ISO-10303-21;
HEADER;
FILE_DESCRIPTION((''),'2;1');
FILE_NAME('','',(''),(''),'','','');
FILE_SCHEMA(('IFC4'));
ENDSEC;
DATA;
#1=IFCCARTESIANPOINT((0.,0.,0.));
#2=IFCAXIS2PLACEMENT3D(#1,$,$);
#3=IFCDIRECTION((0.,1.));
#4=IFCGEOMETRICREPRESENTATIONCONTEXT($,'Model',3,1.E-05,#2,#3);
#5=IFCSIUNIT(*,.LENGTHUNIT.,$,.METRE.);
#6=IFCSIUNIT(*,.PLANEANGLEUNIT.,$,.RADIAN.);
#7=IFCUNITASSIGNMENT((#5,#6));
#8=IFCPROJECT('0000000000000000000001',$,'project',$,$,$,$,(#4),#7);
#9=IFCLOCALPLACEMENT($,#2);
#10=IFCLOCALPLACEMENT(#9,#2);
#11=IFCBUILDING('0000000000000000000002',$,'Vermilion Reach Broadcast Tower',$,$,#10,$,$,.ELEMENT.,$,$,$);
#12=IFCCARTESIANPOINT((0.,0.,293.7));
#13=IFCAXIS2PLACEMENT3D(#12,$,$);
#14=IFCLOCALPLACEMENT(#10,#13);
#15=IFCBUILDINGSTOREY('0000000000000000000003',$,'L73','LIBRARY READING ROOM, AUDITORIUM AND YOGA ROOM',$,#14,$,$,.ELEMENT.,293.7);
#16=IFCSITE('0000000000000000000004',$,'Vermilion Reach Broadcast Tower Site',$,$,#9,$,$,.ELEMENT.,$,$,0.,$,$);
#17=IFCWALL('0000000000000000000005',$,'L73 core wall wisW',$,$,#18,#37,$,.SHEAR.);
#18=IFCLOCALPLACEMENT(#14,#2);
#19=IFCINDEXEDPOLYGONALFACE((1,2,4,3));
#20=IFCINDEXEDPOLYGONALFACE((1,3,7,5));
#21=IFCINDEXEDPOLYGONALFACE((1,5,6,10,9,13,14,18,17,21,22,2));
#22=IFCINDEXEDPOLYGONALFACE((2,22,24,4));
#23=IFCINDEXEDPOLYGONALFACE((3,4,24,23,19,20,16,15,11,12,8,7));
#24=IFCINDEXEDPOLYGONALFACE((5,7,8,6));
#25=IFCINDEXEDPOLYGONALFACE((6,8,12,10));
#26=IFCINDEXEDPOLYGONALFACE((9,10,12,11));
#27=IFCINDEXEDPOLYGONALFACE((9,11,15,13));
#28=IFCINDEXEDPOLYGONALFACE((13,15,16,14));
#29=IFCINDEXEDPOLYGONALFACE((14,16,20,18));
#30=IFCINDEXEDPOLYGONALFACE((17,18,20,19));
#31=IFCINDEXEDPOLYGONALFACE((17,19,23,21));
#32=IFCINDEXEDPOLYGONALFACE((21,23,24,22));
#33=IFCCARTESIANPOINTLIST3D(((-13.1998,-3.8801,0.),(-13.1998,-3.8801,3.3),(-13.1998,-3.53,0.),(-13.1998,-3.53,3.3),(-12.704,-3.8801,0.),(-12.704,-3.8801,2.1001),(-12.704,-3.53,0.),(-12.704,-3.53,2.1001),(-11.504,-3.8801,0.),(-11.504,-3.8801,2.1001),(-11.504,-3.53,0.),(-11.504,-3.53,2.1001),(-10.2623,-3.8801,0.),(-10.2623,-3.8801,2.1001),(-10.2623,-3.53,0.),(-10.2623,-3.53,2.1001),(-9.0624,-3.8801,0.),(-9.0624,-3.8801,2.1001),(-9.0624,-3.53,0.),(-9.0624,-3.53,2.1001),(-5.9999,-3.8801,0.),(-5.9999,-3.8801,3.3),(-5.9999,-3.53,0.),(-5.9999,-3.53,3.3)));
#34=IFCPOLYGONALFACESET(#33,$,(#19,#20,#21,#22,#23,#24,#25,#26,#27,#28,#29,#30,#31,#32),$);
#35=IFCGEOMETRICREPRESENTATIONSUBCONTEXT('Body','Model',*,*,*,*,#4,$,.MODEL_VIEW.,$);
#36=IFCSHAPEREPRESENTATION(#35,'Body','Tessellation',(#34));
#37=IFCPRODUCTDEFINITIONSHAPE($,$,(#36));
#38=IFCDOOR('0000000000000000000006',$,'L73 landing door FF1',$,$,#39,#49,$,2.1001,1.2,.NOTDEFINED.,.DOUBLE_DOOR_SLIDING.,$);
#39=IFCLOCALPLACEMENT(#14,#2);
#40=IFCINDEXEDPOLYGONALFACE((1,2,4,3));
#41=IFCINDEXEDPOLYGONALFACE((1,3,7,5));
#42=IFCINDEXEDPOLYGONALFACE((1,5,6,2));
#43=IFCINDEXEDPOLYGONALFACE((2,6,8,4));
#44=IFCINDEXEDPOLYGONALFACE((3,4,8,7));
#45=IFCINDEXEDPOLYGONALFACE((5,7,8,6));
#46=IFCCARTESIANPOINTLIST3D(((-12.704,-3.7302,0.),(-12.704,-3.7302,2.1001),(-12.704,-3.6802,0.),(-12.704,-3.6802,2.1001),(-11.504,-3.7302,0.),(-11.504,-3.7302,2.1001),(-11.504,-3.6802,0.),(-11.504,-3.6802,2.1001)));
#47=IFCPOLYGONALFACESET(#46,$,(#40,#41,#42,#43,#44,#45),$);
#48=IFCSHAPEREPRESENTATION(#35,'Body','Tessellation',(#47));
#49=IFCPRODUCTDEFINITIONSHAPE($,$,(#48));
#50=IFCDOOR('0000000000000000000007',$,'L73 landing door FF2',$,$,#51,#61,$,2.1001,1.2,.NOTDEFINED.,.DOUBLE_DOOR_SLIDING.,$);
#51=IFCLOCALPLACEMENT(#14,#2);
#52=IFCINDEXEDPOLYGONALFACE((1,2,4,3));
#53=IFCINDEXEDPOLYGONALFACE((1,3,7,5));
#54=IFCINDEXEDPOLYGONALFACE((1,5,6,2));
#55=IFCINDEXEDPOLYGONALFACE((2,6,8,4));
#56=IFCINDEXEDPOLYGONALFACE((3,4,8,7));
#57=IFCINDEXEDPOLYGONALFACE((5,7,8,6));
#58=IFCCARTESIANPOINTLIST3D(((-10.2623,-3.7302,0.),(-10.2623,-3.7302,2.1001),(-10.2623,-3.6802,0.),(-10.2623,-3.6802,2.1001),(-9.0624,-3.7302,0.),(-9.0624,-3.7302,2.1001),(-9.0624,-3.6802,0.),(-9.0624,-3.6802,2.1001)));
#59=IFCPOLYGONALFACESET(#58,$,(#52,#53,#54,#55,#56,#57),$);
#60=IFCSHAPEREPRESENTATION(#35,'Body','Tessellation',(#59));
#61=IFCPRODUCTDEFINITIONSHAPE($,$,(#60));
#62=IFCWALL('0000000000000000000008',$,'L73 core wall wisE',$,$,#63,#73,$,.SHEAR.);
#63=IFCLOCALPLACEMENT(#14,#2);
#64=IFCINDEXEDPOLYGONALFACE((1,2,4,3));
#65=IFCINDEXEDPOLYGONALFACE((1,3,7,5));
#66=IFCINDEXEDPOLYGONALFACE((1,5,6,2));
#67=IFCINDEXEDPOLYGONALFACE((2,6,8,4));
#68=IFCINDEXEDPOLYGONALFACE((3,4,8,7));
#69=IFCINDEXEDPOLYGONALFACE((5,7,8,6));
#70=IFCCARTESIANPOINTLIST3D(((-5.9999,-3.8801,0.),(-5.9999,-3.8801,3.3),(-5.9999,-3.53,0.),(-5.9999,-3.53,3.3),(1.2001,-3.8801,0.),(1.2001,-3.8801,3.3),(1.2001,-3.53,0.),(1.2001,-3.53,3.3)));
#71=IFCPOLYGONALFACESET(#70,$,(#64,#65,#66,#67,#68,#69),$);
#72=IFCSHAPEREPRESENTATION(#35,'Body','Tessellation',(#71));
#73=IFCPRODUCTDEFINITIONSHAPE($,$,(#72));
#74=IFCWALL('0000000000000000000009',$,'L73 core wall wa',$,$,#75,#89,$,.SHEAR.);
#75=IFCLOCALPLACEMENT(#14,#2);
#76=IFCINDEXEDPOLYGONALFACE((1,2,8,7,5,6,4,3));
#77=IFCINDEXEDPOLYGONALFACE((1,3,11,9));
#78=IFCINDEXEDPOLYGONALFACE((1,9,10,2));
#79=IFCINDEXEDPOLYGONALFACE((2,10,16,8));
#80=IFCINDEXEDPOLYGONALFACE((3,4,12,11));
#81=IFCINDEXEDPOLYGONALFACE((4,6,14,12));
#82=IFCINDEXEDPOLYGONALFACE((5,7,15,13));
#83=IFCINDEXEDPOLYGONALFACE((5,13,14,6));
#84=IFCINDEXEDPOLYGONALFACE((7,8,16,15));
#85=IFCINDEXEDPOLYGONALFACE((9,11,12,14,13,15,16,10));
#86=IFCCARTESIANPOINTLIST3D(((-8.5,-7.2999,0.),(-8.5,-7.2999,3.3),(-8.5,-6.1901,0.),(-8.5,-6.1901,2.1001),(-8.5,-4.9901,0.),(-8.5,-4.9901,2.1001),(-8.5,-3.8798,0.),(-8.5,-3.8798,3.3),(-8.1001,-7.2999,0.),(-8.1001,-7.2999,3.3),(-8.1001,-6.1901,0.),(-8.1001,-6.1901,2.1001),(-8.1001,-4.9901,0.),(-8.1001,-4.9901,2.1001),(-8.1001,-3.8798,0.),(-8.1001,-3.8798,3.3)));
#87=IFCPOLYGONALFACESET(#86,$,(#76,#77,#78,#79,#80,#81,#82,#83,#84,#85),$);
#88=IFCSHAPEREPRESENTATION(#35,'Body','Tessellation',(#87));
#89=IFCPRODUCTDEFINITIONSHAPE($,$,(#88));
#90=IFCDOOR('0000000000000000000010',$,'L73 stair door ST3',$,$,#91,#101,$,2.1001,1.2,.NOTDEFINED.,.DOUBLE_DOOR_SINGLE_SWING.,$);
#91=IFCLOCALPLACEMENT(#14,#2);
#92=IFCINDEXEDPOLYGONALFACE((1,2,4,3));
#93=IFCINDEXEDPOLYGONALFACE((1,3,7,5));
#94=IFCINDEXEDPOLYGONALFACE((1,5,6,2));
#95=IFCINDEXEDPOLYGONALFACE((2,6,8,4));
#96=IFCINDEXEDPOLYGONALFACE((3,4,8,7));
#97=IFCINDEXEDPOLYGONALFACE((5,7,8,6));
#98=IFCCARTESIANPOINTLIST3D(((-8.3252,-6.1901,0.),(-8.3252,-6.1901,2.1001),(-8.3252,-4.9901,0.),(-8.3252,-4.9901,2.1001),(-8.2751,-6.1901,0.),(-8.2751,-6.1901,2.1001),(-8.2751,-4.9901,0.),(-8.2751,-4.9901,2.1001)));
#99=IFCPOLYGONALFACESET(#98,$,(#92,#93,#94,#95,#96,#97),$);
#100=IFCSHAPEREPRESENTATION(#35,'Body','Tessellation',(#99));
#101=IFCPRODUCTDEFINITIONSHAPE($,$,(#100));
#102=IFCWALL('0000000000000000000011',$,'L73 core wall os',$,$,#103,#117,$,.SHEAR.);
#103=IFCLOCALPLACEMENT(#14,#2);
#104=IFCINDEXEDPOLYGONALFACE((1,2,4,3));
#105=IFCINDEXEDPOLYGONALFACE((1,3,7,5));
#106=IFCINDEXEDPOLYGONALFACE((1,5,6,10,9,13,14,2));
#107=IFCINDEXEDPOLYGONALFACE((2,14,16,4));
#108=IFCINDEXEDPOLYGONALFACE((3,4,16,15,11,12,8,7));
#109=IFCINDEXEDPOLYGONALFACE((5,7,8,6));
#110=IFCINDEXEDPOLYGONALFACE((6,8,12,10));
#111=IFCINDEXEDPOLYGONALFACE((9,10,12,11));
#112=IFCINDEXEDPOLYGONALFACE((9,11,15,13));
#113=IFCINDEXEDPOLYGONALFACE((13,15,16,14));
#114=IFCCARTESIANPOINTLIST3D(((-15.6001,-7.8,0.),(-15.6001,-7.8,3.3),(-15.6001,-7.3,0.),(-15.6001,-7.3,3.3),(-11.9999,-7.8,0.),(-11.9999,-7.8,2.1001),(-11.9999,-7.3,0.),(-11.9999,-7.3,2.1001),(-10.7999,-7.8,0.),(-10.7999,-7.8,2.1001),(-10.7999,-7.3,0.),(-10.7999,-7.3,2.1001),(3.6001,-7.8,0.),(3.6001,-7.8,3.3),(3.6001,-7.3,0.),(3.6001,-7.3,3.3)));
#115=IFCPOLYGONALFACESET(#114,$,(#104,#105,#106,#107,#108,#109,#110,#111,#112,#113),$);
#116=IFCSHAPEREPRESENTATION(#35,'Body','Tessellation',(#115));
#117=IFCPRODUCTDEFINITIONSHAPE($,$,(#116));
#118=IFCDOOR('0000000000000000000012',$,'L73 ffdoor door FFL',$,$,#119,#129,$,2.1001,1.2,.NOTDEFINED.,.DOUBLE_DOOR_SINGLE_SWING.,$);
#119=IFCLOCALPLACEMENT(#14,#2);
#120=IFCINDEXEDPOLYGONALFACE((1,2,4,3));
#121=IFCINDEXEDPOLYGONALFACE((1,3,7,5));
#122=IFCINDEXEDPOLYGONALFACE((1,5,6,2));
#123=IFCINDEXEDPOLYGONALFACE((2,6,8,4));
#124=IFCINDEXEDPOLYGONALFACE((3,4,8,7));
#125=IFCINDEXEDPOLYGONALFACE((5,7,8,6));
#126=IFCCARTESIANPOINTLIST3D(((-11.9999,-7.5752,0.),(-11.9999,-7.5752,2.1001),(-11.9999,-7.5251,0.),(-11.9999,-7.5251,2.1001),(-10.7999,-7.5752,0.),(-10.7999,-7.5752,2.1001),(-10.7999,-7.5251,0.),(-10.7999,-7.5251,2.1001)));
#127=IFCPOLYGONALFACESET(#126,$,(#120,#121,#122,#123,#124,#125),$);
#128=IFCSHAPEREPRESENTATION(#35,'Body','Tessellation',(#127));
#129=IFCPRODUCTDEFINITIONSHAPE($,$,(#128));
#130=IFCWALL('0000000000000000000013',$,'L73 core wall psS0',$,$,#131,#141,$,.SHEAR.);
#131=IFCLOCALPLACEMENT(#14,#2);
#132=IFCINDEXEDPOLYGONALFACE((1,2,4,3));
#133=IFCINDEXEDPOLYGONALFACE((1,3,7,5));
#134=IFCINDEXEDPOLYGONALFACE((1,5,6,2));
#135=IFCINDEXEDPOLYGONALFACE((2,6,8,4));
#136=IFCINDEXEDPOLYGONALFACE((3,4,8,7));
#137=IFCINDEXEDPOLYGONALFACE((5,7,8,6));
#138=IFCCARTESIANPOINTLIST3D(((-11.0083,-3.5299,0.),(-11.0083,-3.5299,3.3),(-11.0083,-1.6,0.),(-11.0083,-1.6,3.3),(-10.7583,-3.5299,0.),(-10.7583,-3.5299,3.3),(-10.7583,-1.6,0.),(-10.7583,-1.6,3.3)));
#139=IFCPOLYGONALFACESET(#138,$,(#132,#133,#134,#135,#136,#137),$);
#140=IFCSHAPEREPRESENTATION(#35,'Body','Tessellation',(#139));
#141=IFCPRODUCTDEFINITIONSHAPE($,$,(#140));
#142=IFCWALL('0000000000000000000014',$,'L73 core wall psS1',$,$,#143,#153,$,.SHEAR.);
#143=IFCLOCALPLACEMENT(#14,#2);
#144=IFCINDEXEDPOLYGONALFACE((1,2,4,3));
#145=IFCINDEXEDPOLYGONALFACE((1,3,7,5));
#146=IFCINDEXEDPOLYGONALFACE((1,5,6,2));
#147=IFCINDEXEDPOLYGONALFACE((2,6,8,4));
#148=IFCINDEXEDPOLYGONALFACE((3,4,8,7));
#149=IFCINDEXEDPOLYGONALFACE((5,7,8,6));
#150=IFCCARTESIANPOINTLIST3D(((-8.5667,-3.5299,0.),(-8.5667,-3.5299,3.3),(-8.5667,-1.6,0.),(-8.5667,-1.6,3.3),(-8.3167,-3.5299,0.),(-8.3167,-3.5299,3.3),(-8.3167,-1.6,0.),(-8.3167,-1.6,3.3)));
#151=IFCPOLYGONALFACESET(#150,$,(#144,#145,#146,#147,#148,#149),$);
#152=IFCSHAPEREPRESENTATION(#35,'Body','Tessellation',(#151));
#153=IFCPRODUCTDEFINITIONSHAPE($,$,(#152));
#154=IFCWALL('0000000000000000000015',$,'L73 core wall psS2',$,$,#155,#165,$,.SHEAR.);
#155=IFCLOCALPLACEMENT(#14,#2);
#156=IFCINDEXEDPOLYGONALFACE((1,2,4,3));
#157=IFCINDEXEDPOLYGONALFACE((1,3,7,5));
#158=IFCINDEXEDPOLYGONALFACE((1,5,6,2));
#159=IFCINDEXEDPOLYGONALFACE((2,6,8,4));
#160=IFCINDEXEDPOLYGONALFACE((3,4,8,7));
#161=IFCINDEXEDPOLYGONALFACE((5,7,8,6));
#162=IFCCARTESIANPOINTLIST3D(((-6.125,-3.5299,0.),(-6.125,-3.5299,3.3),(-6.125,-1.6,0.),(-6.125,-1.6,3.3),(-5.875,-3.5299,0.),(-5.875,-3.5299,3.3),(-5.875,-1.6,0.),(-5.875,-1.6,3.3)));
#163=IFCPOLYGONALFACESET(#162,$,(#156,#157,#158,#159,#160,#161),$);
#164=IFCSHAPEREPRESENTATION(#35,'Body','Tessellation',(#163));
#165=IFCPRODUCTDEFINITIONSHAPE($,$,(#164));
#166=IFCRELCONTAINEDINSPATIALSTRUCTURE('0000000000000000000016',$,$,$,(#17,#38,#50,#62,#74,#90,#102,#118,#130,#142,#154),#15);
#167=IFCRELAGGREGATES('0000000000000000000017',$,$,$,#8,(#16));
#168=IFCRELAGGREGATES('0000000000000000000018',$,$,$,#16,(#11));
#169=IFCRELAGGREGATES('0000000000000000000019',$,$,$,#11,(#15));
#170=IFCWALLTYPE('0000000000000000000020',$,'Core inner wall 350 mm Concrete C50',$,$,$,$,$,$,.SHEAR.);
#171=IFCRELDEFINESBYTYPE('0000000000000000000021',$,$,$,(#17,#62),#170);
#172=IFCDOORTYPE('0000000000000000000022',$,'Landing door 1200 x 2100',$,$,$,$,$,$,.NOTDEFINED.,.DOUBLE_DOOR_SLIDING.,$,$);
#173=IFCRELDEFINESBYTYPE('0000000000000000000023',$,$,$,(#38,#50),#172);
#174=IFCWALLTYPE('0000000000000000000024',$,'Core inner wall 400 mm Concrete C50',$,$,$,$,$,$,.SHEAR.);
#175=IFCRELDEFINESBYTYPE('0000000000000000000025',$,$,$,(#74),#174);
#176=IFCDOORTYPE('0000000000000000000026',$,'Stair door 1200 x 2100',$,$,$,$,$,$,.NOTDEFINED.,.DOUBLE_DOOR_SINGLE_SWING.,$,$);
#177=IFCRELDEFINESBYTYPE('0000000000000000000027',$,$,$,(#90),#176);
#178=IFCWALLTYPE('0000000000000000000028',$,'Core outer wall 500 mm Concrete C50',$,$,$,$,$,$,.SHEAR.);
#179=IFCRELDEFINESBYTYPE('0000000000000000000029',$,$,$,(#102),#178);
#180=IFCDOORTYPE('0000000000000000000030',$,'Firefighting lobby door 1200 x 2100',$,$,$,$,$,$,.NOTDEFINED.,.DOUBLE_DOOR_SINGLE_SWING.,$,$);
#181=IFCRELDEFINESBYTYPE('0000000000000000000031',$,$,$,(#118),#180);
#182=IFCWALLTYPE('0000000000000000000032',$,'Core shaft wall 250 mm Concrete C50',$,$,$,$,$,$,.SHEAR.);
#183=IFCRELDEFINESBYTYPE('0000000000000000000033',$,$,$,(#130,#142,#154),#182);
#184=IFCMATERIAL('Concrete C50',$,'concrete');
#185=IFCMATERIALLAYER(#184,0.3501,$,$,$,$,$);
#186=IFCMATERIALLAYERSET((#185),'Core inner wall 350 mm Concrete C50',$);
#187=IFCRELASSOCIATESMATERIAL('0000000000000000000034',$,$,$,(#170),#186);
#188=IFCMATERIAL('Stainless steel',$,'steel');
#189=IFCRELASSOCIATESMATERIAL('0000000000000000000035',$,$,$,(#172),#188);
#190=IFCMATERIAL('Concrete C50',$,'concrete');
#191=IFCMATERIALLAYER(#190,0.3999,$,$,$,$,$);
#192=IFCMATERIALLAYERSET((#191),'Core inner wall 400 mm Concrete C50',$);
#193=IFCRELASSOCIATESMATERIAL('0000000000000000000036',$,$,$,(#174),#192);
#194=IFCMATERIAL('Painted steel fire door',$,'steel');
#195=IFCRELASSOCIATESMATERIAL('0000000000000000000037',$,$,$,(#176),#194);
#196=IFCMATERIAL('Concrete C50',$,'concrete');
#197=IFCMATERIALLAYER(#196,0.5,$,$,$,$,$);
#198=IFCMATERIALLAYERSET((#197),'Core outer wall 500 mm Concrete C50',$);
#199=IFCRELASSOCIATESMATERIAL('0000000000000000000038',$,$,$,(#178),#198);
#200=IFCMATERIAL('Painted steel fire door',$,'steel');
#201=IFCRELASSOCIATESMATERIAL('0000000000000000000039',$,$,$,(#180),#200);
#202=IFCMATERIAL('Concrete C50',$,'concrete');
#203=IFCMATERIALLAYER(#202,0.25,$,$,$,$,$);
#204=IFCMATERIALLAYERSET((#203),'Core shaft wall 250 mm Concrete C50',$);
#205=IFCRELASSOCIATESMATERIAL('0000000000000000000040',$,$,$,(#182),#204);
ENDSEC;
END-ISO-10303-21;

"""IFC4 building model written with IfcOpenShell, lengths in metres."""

from ifc_helpers import new_model, si_unit, direction, frame, frame_2d, origin, place, context, subcontext, project, spatial, rectangle, extrude, material, layer, layer_set, type_object, element, fill, save


model = new_model("IFC4")

# Units and contexts
model_context = context("Model", 3, precision=1e-05, world=origin(), true_north=direction((0.0, 1.0)))
body_context = subcontext(model_context, "Body", "Model", "MODEL_VIEW")
ifc_project = project(units=[si_unit("LENGTHUNIT", "METRE"), si_unit("PLANEANGLEUNIT", "RADIAN")], contexts=[model_context])

# Site, building, storey
site_placement = place(None, origin())
site = spatial("IfcSite", under=ifc_project, at=site_placement, Name="Vermilion Reach Broadcast Tower Site", CompositionType="ELEMENT", RefElevation=0.0)
building_placement = place(site_placement, origin())
building = spatial("IfcBuilding", under=site, at=building_placement, Name="Vermilion Reach Broadcast Tower", CompositionType="ELEMENT")
storey_placement = place(building_placement, frame((0.0, 0.0, 293.7)))
storey = spatial("IfcBuildingStorey", under=building, at=storey_placement, Name="L73", Description="LIBRARY READING ROOM, AUDITORIUM AND YOGA ROOM", CompositionType="ELEMENT", Elevation=293.7)

# Wall, openings, doors
ifc_material_1 = material(Name="Concrete C50", Category="concrete")
ifc_layer_1 = layer(ifc_material_1, 0.3501)
ifc_layer_set_1 = layer_set([ifc_layer_1], Name="Core inner wall 350 mm Concrete C50")
wall_type_1 = type_object("IfcWallType", Name="Core inner wall 350 mm Concrete C50", PredefinedType="SHEAR", material=ifc_layer_set_1)
wall_1_placement = place(storey_placement, frame((-13.2, -3.7051, 0.0), z_axis=(0.0, 0.0, 1.0), x_axis=(1.0, 0.0, 0.0)))
wall_1 = element("IfcWall", 1, at=wall_1_placement, inside=storey, type_object=wall_type_1, Name="L73 core wall wisW", PredefinedType="SHEAR", context=body_context, shape_type="SweptSolid", body=[
    extrude(rectangle(XDim=7.2, YDim=0.3501, at=frame_2d((3.6001, 0.0))), origin(), (0.0, 0.0, 1.0), 3.3),
])
opening_1_placement = place(wall_1_placement, frame((0.4958, 0.0, 0.0)))
opening_1 = element("IfcOpeningElement", 2, at=opening_1_placement, cuts=wall_1, PredefinedType="OPENING", context=body_context, shape_type="SweptSolid", body=[
    extrude(rectangle(XDim=1.2, YDim=2.1001, at=frame_2d((0.6001, 1.05))), frame((0.0, 0.1851, 0.0), z_axis=(0.0, -1.0, 0.0), x_axis=(1.0, 0.0, 0.0)), (0.0, 0.0, 1.0), 0.3701),
])
opening_2_placement = place(wall_1_placement, frame((2.9375, 0.0, 0.0)))
opening_2 = element("IfcOpeningElement", 3, at=opening_2_placement, cuts=wall_1, PredefinedType="OPENING", context=body_context, shape_type="SweptSolid", body=[
    extrude(rectangle(XDim=1.2, YDim=2.1001, at=frame_2d((0.6001, 1.05))), frame((0.0, 0.1851, 0.0), z_axis=(0.0, -1.0, 0.0), x_axis=(1.0, 0.0, 0.0)), (0.0, 0.0, 1.0), 0.3701),
])
ifc_material_2 = material(Name="Stainless steel", Category="steel")
door_type_1 = type_object("IfcDoorType", Name="Landing door 1200 x 2100", OperationType="DOUBLE_DOOR_SLIDING", PredefinedType="NOTDEFINED", material=ifc_material_2)
door_1_placement = place(opening_1_placement, origin())
door_1 = element("IfcDoor", 4, at=door_1_placement, inside=storey, type_object=door_type_1, Name="L73 landing door FF1", OperationType="DOUBLE_DOOR_SLIDING", OverallHeight=2.1001, OverallWidth=1.2, PredefinedType="NOTDEFINED", context=body_context, shape_type="SweptSolid", body=[
    extrude(rectangle(XDim=1.2, YDim=2.1001, at=frame_2d((0.6001, 1.05))), frame((0.0, 0.0249, 0.0), z_axis=(0.0, -1.0, 0.0), x_axis=(1.0, 0.0, 0.0)), (0.0, 0.0, 1.0), 0.05),
])
fill(opening_1, door_1)
door_2_placement = place(opening_2_placement, origin())
door_2 = element("IfcDoor", 5, at=door_2_placement, inside=storey, type_object=door_type_1, Name="L73 landing door FF2", OperationType="DOUBLE_DOOR_SLIDING", OverallHeight=2.1001, OverallWidth=1.2, PredefinedType="NOTDEFINED", context=body_context, shape_type="SweptSolid", body=[
    extrude(rectangle(XDim=1.2, YDim=2.1001, at=frame_2d((0.6001, 1.05))), frame((0.0, 0.0249, 0.0), z_axis=(0.0, -1.0, 0.0), x_axis=(1.0, 0.0, 0.0)), (0.0, 0.0, 1.0), 0.05),
])
fill(opening_2, door_2)

# Wall
wall_2_placement = place(storey_placement, frame((-6.0, -3.7051, 0.0), z_axis=(0.0, 0.0, 1.0), x_axis=(1.0, 0.0, 0.0)))
element("IfcWall", 6, at=wall_2_placement, inside=storey, type_object=wall_type_1, Name="L73 core wall wisE", PredefinedType="SHEAR", context=body_context, shape_type="SweptSolid", body=[
    extrude(rectangle(XDim=7.2, YDim=0.3501, at=frame_2d((3.6001, 0.0))), origin(), (0.0, 0.0, 1.0), 3.3),
])

# Walls, openings, doors
ifc_material_3 = material(Name="Concrete C50", Category="concrete")
ifc_layer_2 = layer(ifc_material_3, 0.3999)
ifc_layer_set_2 = layer_set([ifc_layer_2], Name="Core inner wall 400 mm Concrete C50")
wall_type_2 = type_object("IfcWallType", Name="Core inner wall 400 mm Concrete C50", PredefinedType="SHEAR", material=ifc_layer_set_2)
wall_3_placement = place(storey_placement, frame((-8.3, -3.8799, 0.0), z_axis=(0.0, 0.0, 1.0), x_axis=(0.0, -1.0, 0.0)))
wall_3 = element("IfcWall", 7, at=wall_3_placement, inside=storey, type_object=wall_type_2, Name="L73 core wall wa", PredefinedType="SHEAR", context=body_context, shape_type="SweptSolid", body=[
    extrude(rectangle(XDim=3.4202, YDim=0.3999, at=frame_2d((1.71, 0.0))), origin(), (0.0, 0.0, 1.0), 3.3),
])
opening_3_placement = place(wall_3_placement, frame((1.1101, 0.0, 0.0)))
opening_3 = element("IfcOpeningElement", 8, at=opening_3_placement, cuts=wall_3, PredefinedType="OPENING", context=body_context, shape_type="SweptSolid", body=[
    extrude(rectangle(XDim=1.2, YDim=2.1001, at=frame_2d((0.6001, 1.05))), frame((0.0, 0.21, 0.0), z_axis=(0.0, -1.0, 0.0), x_axis=(1.0, 0.0, 0.0)), (0.0, 0.0, 1.0), 0.4199),
])
ifc_material_4 = material(Name="Painted steel fire door", Category="steel")
door_type_2 = type_object("IfcDoorType", Name="Stair door 1200 x 2100", OperationType="DOUBLE_DOOR_SINGLE_SWING", PredefinedType="NOTDEFINED", material=ifc_material_4)
door_3_placement = place(opening_3_placement, origin())
door_3 = element("IfcDoor", 9, at=door_3_placement, inside=storey, type_object=door_type_2, Name="L73 stair door ST3", OperationType="DOUBLE_DOOR_SINGLE_SWING", OverallHeight=2.1001, OverallWidth=1.2, PredefinedType="NOTDEFINED", context=body_context, shape_type="SweptSolid", body=[
    extrude(rectangle(XDim=1.2, YDim=2.1001, at=frame_2d((0.6001, 1.05))), frame((0.0, 0.0249, 0.0), z_axis=(0.0, -1.0, 0.0), x_axis=(1.0, 0.0, 0.0)), (0.0, 0.0, 1.0), 0.05),
])
fill(opening_3, door_3)
ifc_material_5 = material(Name="Concrete C50", Category="concrete")
ifc_layer_3 = layer(ifc_material_5, 0.5)
ifc_layer_set_3 = layer_set([ifc_layer_3], Name="Core outer wall 500 mm Concrete C50")
wall_type_3 = type_object("IfcWallType", Name="Core outer wall 500 mm Concrete C50", PredefinedType="SHEAR", material=ifc_layer_set_3)
wall_4_placement = place(storey_placement, frame((-15.6001, -7.55, 0.0), z_axis=(0.0, 0.0, 1.0), x_axis=(1.0, 0.0, 0.0)))
wall_4 = element("IfcWall", 10, at=wall_4_placement, inside=storey, type_object=wall_type_3, Name="L73 core wall os", PredefinedType="SHEAR", context=body_context, shape_type="SweptSolid", body=[
    extrude(rectangle(XDim=19.2002, YDim=0.5, at=frame_2d((9.6001, 0.0))), origin(), (0.0, 0.0, 1.0), 3.3),
])
opening_4_placement = place(wall_4_placement, frame((3.6001, 0.0, 0.0)))
opening_4 = element("IfcOpeningElement", 11, at=opening_4_placement, cuts=wall_4, PredefinedType="OPENING", context=body_context, shape_type="SweptSolid", body=[
    extrude(rectangle(XDim=1.2, YDim=2.1001, at=frame_2d((0.6001, 1.05))), frame((0.0, 0.26, 0.0), z_axis=(0.0, -1.0, 0.0), x_axis=(1.0, 0.0, 0.0)), (0.0, 0.0, 1.0), 0.52),
])
ifc_material_6 = material(Name="Painted steel fire door", Category="steel")
door_type_3 = type_object("IfcDoorType", Name="Firefighting lobby door 1200 x 2100", OperationType="DOUBLE_DOOR_SINGLE_SWING", PredefinedType="NOTDEFINED", material=ifc_material_6)
door_4_placement = place(opening_4_placement, origin())
door_4 = element("IfcDoor", 12, at=door_4_placement, inside=storey, type_object=door_type_3, Name="L73 ffdoor door FFL", OperationType="DOUBLE_DOOR_SINGLE_SWING", OverallHeight=2.1001, OverallWidth=1.2, PredefinedType="NOTDEFINED", context=body_context, shape_type="SweptSolid", body=[
    extrude(rectangle(XDim=1.2, YDim=2.1001, at=frame_2d((0.6001, 1.05))), frame((0.0, 0.0249, 0.0), z_axis=(0.0, -1.0, 0.0), x_axis=(1.0, 0.0, 0.0)), (0.0, 0.0, 1.0), 0.05),
])
fill(opening_4, door_4)

# Walls
ifc_material_7 = material(Name="Concrete C50", Category="concrete")
ifc_layer_4 = layer(ifc_material_7, 0.25)
ifc_layer_set_4 = layer_set([ifc_layer_4], Name="Core shaft wall 250 mm Concrete C50")
wall_type_4 = type_object("IfcWallType", Name="Core shaft wall 250 mm Concrete C50", PredefinedType="SHEAR", material=ifc_layer_set_4)
for number, where, z_axis, x_axis, name in (
    (13, (-10.8833, -1.6001, 0.0), (0.0, 0.0, 1.0), (0.0, -1.0, 0.0), "L73 core wall psS0"),
    (14, (-8.4417, -1.6001, 0.0), (0.0, 0.0, 1.0), (0.0, -1.0, 0.0), "L73 core wall psS1"),
    (15, (-6.0, -1.6001, 0.0), (0.0, 0.0, 1.0), (0.0, -1.0, 0.0), "L73 core wall psS2"),
):
    element("IfcWall", number, at=place(storey_placement, frame(where, z_axis=z_axis, x_axis=x_axis)), inside=storey, type_object=wall_type_4, Name=name, PredefinedType="SHEAR", context=body_context, shape_type="SweptSolid", body=[
        extrude(rectangle(XDim=1.9299, YDim=0.25, at=frame_2d((0.9648, 0.0))), origin(), (0.0, 0.0, 1.0), 3.3),
    ])

save(model, "model.ifc")
